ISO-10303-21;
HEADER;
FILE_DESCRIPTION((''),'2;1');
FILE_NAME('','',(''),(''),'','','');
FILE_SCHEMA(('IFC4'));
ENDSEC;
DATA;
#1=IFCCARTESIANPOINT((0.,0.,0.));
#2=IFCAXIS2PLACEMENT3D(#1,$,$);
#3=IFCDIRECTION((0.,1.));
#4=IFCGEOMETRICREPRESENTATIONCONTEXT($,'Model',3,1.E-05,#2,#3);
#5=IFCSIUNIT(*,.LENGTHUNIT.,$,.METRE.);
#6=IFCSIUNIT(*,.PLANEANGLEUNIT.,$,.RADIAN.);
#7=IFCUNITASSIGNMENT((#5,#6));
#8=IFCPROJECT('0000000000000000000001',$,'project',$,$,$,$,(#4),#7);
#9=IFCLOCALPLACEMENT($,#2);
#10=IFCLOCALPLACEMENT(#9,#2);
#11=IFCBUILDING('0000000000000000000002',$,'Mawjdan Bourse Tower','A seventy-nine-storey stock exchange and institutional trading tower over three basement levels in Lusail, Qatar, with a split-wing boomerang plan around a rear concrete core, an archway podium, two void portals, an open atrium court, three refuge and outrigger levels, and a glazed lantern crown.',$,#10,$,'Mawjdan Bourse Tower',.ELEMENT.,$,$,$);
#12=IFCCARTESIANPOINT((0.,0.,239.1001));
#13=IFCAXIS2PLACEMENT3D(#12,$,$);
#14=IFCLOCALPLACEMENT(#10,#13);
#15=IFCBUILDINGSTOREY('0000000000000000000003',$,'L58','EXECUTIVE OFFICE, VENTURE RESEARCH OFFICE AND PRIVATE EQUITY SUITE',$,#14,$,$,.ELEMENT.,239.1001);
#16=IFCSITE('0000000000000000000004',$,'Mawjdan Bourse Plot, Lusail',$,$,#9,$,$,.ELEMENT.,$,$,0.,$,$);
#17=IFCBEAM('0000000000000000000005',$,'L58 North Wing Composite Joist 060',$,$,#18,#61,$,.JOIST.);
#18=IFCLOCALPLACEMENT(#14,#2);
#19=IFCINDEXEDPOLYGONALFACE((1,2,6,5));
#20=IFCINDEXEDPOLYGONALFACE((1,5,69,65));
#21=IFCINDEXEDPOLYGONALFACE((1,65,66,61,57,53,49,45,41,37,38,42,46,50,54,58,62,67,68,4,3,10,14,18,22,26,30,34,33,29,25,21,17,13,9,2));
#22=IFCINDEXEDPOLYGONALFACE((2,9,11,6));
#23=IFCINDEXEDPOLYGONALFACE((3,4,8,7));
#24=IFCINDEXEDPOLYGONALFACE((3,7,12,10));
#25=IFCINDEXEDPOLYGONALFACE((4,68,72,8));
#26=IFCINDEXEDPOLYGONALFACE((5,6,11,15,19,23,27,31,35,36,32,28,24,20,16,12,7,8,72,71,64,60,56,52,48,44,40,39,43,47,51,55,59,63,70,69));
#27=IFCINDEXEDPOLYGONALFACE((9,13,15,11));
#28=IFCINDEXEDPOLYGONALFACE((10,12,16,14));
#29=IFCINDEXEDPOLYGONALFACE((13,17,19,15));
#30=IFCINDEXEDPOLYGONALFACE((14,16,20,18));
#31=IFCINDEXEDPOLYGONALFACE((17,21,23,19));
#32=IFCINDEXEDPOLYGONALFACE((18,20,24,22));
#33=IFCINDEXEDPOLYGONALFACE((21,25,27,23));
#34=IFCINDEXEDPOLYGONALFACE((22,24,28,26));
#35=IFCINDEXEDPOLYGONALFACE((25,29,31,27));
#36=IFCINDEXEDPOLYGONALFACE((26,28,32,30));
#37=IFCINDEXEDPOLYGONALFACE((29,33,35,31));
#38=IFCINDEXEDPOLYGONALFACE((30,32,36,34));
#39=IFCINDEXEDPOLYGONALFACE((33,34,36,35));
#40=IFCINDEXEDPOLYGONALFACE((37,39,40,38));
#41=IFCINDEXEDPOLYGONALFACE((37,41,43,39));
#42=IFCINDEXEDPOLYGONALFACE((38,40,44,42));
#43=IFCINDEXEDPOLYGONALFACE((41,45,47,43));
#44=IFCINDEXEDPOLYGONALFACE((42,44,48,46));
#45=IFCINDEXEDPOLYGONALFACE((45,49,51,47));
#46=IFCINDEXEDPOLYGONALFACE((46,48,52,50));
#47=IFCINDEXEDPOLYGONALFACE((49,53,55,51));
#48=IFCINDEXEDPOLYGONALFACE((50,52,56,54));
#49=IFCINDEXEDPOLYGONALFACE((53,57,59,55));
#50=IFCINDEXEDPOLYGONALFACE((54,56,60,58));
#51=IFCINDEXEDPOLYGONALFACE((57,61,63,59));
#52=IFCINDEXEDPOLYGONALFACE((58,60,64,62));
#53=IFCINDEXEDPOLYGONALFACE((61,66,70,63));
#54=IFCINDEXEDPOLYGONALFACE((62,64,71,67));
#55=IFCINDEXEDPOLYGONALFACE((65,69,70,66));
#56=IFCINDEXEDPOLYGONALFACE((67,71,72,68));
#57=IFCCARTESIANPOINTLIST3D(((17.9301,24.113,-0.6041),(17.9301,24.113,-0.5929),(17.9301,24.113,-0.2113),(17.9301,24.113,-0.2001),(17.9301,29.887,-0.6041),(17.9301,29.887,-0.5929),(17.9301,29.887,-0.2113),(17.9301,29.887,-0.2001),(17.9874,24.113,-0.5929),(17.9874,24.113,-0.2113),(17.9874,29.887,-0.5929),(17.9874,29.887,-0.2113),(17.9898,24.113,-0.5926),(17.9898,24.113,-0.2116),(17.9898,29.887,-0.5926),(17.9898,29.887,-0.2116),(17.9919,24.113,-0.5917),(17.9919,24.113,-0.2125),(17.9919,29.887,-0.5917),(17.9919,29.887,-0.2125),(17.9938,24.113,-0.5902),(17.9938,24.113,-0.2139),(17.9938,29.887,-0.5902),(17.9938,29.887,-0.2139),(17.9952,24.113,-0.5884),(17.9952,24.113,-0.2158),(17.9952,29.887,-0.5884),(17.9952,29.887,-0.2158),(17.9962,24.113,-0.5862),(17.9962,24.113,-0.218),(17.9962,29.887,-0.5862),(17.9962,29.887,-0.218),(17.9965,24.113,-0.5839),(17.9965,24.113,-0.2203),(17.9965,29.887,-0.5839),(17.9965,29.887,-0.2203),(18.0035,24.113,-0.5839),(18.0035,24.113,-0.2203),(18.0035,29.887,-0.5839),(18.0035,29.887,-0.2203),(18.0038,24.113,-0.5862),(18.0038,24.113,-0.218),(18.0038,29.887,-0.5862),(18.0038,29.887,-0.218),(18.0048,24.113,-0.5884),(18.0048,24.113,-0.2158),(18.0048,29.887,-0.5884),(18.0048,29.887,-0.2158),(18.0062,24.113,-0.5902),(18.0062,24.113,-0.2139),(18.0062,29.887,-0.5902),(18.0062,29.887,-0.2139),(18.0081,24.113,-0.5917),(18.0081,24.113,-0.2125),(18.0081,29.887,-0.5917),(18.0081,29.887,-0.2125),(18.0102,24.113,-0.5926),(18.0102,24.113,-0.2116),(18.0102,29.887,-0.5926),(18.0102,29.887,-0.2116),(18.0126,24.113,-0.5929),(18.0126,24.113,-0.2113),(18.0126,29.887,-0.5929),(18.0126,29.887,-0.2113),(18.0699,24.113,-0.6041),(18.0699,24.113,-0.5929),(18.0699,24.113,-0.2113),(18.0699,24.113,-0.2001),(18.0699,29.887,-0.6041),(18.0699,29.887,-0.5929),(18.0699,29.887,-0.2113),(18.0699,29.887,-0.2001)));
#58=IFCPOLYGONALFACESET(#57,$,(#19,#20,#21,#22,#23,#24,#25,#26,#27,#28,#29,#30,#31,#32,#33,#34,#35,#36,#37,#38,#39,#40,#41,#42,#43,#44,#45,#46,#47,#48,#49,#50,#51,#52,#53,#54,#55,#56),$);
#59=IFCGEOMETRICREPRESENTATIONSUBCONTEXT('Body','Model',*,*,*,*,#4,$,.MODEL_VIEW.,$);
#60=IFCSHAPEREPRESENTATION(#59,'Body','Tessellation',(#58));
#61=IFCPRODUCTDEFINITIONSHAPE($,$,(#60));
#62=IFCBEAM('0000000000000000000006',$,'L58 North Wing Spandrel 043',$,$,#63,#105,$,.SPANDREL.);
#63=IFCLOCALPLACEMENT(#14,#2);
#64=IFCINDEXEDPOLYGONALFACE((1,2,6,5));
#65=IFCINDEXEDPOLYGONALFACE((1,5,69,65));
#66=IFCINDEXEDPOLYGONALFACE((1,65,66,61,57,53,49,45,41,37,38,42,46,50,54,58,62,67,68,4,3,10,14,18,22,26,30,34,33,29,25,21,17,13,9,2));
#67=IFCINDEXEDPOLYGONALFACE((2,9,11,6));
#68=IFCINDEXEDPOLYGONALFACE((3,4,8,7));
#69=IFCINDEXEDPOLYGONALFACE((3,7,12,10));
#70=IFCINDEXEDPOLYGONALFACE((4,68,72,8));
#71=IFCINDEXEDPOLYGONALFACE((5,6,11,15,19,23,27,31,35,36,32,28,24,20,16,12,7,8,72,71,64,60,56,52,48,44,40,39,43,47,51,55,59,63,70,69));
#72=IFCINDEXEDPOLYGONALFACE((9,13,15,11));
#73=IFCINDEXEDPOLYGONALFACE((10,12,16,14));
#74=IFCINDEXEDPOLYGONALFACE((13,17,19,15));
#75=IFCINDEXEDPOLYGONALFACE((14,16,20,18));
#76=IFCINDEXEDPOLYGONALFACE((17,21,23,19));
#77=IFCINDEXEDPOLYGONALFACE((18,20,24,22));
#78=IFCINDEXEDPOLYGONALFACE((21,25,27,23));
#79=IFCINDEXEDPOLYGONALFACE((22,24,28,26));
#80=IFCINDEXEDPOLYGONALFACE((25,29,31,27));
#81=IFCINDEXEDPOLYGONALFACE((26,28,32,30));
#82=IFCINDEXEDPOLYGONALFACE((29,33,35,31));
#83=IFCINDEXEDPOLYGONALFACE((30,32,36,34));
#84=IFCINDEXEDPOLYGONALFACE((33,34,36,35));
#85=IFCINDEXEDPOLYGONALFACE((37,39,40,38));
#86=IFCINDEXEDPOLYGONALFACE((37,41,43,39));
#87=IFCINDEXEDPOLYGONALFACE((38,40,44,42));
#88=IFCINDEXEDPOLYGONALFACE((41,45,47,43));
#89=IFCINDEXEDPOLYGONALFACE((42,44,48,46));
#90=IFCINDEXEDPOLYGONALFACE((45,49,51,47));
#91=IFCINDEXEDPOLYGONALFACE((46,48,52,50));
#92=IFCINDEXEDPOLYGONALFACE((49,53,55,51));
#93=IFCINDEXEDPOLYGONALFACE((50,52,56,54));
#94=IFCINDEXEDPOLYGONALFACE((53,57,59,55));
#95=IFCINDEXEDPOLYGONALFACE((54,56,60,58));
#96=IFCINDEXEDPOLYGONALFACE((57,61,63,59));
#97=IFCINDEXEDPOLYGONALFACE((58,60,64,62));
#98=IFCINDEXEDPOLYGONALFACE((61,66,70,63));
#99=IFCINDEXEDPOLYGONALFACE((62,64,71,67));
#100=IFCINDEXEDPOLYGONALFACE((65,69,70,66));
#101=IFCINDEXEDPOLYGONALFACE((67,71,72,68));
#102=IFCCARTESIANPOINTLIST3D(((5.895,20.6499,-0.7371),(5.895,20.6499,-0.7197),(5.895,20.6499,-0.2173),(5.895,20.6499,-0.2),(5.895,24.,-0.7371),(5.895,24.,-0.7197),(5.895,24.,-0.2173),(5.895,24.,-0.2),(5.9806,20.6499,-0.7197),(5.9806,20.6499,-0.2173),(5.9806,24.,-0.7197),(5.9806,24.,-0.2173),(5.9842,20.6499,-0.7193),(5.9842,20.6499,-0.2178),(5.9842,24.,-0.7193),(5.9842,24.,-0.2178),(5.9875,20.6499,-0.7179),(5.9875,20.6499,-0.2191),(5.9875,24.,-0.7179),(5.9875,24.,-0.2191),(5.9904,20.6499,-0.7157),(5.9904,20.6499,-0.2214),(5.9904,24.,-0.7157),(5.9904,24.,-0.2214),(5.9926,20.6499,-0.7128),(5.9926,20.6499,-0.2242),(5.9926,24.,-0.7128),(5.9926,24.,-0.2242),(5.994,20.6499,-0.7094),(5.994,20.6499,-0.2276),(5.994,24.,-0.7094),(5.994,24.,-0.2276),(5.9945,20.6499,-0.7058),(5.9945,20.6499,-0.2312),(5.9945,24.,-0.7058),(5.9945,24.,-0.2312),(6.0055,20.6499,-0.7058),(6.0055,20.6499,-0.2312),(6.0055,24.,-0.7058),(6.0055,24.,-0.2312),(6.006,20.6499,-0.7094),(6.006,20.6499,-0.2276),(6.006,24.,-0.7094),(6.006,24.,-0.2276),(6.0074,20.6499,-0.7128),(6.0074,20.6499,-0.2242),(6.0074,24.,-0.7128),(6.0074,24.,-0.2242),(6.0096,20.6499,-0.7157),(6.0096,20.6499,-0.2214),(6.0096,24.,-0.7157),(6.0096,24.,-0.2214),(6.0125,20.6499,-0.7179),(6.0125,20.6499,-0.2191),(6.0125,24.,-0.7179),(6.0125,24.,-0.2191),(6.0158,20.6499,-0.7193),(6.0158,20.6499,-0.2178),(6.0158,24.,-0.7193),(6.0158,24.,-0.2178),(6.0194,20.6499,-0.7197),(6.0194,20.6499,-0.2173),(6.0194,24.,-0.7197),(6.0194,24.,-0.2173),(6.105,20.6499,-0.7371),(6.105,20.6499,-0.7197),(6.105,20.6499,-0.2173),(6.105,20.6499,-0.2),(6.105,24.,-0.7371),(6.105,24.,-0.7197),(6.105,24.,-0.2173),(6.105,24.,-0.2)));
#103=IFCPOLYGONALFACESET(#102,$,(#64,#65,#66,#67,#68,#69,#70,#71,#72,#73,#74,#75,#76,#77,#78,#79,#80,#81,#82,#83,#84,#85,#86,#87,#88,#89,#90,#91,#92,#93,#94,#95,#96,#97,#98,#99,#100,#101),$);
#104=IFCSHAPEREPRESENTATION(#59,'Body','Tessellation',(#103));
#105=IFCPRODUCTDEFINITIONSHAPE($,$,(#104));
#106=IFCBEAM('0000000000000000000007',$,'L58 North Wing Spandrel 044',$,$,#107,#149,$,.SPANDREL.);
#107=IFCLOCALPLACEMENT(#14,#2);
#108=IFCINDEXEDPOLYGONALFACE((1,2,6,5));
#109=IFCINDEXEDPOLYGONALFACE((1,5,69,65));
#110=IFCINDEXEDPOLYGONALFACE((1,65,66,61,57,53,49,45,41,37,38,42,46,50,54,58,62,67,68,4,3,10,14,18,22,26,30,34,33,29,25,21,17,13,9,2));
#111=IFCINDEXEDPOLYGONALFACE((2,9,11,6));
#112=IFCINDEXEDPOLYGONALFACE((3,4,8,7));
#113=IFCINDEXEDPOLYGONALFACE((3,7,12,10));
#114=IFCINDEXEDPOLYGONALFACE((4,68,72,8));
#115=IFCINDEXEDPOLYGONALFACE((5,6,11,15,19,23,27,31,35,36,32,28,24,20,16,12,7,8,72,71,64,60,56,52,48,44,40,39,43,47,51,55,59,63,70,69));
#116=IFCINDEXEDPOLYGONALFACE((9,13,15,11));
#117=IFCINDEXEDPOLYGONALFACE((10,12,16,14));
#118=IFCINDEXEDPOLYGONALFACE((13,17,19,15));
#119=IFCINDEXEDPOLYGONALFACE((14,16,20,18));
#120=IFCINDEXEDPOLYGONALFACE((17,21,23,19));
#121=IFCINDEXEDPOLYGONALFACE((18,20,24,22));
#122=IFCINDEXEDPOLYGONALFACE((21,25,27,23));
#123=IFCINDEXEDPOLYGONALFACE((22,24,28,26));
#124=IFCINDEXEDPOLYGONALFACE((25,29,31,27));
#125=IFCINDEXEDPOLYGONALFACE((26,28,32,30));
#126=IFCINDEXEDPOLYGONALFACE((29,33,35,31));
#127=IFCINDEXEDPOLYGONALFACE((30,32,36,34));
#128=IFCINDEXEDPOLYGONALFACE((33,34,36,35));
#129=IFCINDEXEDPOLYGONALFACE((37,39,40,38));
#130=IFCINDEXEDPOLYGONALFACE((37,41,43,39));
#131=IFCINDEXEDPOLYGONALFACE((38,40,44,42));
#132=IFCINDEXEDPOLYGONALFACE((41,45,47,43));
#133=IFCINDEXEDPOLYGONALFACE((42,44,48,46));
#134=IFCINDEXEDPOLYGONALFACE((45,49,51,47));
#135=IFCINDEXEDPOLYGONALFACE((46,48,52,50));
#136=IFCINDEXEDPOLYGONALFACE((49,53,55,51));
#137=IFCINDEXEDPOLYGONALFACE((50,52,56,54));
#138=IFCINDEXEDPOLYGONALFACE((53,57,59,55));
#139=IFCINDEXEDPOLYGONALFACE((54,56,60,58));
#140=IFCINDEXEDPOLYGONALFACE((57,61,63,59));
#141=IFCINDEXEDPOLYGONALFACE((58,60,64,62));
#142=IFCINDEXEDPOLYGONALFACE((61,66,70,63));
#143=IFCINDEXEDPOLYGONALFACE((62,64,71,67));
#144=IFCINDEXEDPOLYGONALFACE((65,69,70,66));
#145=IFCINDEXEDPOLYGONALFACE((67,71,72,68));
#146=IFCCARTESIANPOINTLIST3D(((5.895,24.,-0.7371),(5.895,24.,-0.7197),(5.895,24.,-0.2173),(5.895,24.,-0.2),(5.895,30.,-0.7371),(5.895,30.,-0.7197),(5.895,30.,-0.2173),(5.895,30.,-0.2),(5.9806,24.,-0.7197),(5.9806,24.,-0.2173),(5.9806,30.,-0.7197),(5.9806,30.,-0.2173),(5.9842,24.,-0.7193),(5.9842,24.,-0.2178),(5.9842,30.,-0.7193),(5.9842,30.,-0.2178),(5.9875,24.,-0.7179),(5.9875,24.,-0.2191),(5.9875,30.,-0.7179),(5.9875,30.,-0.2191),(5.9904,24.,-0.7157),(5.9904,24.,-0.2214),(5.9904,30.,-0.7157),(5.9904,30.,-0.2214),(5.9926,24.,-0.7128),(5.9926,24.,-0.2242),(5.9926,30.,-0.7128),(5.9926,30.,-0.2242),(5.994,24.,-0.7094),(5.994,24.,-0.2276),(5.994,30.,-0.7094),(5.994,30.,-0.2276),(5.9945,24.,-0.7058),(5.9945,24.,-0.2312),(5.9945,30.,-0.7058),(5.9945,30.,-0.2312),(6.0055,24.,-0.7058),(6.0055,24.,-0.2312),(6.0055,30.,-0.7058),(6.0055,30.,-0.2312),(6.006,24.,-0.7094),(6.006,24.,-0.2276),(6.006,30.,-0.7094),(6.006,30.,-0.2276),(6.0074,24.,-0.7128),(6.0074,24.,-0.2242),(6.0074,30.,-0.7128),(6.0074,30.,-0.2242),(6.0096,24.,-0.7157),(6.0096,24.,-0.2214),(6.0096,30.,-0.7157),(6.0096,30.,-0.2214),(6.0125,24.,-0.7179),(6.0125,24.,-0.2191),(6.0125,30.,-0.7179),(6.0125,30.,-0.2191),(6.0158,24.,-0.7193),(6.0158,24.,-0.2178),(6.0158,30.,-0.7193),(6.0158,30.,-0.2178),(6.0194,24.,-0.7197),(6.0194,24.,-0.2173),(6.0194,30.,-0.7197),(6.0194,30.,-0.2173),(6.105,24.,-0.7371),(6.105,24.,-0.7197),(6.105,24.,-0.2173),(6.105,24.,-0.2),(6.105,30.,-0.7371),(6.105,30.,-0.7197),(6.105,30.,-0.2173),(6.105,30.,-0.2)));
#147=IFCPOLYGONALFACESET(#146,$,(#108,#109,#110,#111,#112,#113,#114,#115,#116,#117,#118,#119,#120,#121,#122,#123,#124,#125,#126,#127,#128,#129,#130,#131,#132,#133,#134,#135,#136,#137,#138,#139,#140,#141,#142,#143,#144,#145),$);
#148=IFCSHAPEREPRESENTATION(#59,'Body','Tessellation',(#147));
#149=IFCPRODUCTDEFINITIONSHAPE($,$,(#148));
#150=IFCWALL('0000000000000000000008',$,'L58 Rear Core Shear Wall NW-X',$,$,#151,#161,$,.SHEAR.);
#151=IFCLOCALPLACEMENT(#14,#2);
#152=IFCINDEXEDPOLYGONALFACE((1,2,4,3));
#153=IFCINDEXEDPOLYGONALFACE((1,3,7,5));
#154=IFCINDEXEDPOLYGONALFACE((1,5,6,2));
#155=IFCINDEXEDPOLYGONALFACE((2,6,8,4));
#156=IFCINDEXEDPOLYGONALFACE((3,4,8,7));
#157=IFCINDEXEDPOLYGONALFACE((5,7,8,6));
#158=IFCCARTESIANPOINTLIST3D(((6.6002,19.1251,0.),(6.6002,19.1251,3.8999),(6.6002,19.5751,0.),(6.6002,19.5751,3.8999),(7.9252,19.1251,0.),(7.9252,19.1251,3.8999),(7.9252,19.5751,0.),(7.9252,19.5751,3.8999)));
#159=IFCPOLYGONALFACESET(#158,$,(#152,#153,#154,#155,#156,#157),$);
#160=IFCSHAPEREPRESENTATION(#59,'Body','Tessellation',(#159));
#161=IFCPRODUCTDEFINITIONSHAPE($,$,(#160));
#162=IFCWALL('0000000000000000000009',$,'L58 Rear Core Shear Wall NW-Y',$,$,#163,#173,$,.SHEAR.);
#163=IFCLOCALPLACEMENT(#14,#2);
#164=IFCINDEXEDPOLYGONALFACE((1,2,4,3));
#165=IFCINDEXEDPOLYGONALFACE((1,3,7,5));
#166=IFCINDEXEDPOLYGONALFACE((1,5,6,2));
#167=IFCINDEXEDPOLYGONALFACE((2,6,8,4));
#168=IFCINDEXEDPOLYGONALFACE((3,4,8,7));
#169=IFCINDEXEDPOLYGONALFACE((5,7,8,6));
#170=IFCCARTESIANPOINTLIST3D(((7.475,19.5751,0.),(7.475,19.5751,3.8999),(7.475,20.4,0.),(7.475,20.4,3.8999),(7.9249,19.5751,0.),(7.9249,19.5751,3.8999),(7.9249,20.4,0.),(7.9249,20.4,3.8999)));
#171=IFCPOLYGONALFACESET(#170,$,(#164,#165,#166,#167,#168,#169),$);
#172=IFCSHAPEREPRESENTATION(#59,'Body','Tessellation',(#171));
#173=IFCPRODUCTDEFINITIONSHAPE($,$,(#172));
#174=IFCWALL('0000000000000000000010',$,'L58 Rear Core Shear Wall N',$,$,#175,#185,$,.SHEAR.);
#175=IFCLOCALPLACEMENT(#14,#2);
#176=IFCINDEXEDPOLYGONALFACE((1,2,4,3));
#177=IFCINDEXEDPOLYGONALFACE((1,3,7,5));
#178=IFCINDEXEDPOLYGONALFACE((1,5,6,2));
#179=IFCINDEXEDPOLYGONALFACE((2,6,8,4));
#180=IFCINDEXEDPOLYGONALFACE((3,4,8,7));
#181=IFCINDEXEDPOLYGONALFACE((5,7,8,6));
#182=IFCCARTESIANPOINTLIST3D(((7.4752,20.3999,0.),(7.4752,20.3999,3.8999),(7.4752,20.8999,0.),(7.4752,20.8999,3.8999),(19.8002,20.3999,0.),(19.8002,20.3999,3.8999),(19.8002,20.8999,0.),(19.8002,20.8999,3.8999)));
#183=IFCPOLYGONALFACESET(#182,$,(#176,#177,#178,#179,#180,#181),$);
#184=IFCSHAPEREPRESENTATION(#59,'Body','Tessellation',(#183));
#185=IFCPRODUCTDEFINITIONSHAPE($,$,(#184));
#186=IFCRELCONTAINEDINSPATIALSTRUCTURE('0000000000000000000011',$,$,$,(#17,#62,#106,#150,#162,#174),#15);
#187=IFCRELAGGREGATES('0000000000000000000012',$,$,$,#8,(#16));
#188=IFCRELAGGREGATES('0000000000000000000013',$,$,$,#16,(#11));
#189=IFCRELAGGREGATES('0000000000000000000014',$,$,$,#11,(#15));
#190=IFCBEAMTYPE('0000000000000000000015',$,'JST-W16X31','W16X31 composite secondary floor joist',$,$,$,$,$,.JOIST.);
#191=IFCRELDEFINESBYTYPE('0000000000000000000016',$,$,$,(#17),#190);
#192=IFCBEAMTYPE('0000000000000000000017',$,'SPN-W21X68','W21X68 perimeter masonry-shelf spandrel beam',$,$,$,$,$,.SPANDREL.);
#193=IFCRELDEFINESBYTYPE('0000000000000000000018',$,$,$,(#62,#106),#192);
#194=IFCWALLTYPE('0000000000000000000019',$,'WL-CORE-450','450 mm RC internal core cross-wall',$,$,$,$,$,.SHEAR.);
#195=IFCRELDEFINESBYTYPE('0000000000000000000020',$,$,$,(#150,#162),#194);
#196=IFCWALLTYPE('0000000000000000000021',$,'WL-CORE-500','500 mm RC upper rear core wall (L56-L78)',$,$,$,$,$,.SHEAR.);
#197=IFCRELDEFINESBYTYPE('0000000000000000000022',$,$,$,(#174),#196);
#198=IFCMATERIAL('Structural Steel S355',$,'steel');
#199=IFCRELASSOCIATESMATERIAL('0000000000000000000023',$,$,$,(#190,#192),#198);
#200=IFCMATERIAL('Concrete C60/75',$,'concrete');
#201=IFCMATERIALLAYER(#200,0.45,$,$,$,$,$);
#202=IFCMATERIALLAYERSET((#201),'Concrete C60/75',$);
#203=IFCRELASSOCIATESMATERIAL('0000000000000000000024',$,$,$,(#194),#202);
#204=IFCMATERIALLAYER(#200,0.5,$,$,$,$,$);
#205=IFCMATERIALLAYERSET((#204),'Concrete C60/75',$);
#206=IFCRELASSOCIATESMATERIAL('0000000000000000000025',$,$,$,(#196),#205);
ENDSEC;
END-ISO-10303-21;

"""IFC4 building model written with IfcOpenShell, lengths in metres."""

from ifc_helpers import new_model, si_unit, direction, frame, frame_2d, origin, origin_2d, place, context, subcontext, project, spatial, rectangle, i_section, extrude, material, layer, layer_set, material_profile, profile_set, type_object, element, save


model = new_model("IFC4")

# Units and contexts
model_context = context("Model", 3, precision=1e-05, world=origin(), true_north=direction((0.0, 1.0)))
body_context = subcontext(model_context, "Body", "Model", "MODEL_VIEW")
ifc_project = project(units=[si_unit("LENGTHUNIT", "METRE"), si_unit("PLANEANGLEUNIT", "RADIAN")], contexts=[model_context])

# Site, building, storey
site_placement = place(None, origin())
site = spatial("IfcSite", under=ifc_project, at=site_placement, Name="Mawjdan Bourse Plot, Lusail", CompositionType="ELEMENT", RefElevation=0.0)
building_placement = place(site_placement, origin())
building = spatial("IfcBuilding", under=site, at=building_placement, Name="Mawjdan Bourse Tower", Description="A seventy-nine-storey stock exchange and institutional trading tower over three basement levels in Lusail, Qatar, with a split-wing boomerang plan around a rear concrete core, an archway podium, two void portals, an open atrium court, three refuge and outrigger levels, and a glazed lantern crown.", LongName="Mawjdan Bourse Tower", CompositionType="ELEMENT")
storey_placement = place(building_placement, frame((0.0, 0.0, 239.1001)))
storey = spatial("IfcBuildingStorey", under=building, at=storey_placement, Name="L58", Description="EXECUTIVE OFFICE, VENTURE RESEARCH OFFICE AND PRIVATE EQUITY SUITE", CompositionType="ELEMENT", Elevation=239.1001)

# Shared definitions
ifc_material_1 = material(Name="Concrete C60/75", Category="concrete")

# Beams
ifc_material_2 = material(Name="Structural Steel S355", Category="steel")
ifc_material_profile_1 = material_profile(ifc_material_2, i_section(OverallWidth=0.1399, OverallDepth=0.4041, WebThickness=0.0071, FlangeThickness=0.0112, FilletRadius=0.009, at=origin_2d()), Name="W16X31")
ifc_profile_set_1 = profile_set([ifc_material_profile_1], Name="Structural Steel S355")
beam_type_1 = type_object("IfcBeamType", Name="JST-W16X31", Description="W16X31 composite secondary floor joist", PredefinedType="JOIST", material=ifc_profile_set_1)
beam_1_placement = place(storey_placement, frame((18.0, 24.113, -0.4021), z_axis=(0.0, 1.0, 0.0), x_axis=(-1.0, 0.0, 0.0)))
element("IfcBeam", 1, at=beam_1_placement, inside=storey, type_object=beam_type_1, Name="L58 North Wing Composite Joist 060", PredefinedType="JOIST", context=body_context, shape_type="SweptSolid", body=[
    extrude(i_section(OverallWidth=0.1399, OverallDepth=0.4041, WebThickness=0.0071, FlangeThickness=0.0112, FilletRadius=0.009, at=origin_2d()), origin(), (0.0, 0.0, 1.0), 5.7739),
])
ifc_material_profile_2 = material_profile(ifc_material_2, i_section(OverallWidth=0.21, OverallDepth=0.5371, WebThickness=0.011, FlangeThickness=0.0173, FilletRadius=0.0139, at=origin_2d()), Name="W21X68")
ifc_profile_set_2 = profile_set([ifc_material_profile_2], Name="Structural Steel S355")
beam_type_2 = type_object("IfcBeamType", Name="SPN-W21X68", Description="W21X68 perimeter masonry-shelf spandrel beam", PredefinedType="SPANDREL", material=ifc_profile_set_2)
beam_2_placement = place(storey_placement, frame((6.0, 20.6499, -0.4685), z_axis=(0.0, 1.0, 0.0), x_axis=(-1.0, 0.0, 0.0)))
element("IfcBeam", 2, at=beam_2_placement, inside=storey, type_object=beam_type_2, Name="L58 North Wing Spandrel 043", PredefinedType="SPANDREL", context=body_context, shape_type="SweptSolid", body=[
    extrude(i_section(OverallWidth=0.21, OverallDepth=0.5371, WebThickness=0.011, FlangeThickness=0.0173, FilletRadius=0.0139, at=origin_2d()), origin(), (0.0, 0.0, 1.0), 3.3501),
])
beam_3_placement = place(storey_placement, frame((6.0, 24.0, -0.4685), z_axis=(0.0, 1.0, 0.0), x_axis=(-1.0, 0.0, 0.0)))
element("IfcBeam", 3, at=beam_3_placement, inside=storey, type_object=beam_type_2, Name="L58 North Wing Spandrel 044", PredefinedType="SPANDREL", context=body_context, shape_type="SweptSolid", body=[
    extrude(i_section(OverallWidth=0.21, OverallDepth=0.5371, WebThickness=0.011, FlangeThickness=0.0173, FilletRadius=0.0139, at=origin_2d()), origin(), (0.0, 0.0, 1.0), 6.0),
])

# Walls
ifc_layer_1 = layer(ifc_material_1, 0.45)
ifc_layer_set_1 = layer_set([ifc_layer_1], Name="Concrete C60/75")
wall_type_1 = type_object("IfcWallType", Name="WL-CORE-450", Description="450 mm RC internal core cross-wall", PredefinedType="SHEAR", material=ifc_layer_set_1)
wall_1_placement = place(storey_placement, frame((6.6001, 19.3501, 0.0), z_axis=(0.0, 0.0, 1.0), x_axis=(1.0, 0.0, 0.0)))
element("IfcWall", 4, at=wall_1_placement, inside=storey, type_object=wall_type_1, Name="L58 Rear Core Shear Wall NW-X", PredefinedType="SHEAR", context=body_context, shape_type="SweptSolid", body=[
    extrude(rectangle(XDim=1.325, YDim=0.45, at=frame_2d((0.6626, 0.0))), origin(), (0.0, 0.0, 1.0), 3.8999),
])
wall_2_placement = place(storey_placement, frame((7.7, 19.575, 0.0), z_axis=(0.0, 0.0, 1.0), x_axis=(0.0, 1.0, 0.0)))
element("IfcWall", 5, at=wall_2_placement, inside=storey, type_object=wall_type_1, Name="L58 Rear Core Shear Wall NW-Y", PredefinedType="SHEAR", context=body_context, shape_type="SweptSolid", body=[
    extrude(rectangle(XDim=0.825, YDim=0.45, at=frame_2d((0.4126, 0.0))), origin(), (0.0, 0.0, 1.0), 3.8999),
])
ifc_layer_2 = layer(ifc_material_1, 0.5)
ifc_layer_set_2 = layer_set([ifc_layer_2], Name="Concrete C60/75")
wall_type_2 = type_object("IfcWallType", Name="WL-CORE-500", Description="500 mm RC upper rear core wall (L56-L78)", PredefinedType="SHEAR", material=ifc_layer_set_2)
wall_3_placement = place(storey_placement, frame((7.4751, 20.6499, 0.0), z_axis=(0.0, 0.0, 1.0), x_axis=(1.0, 0.0, 0.0)))
element("IfcWall", 6, at=wall_3_placement, inside=storey, type_object=wall_type_2, Name="L58 Rear Core Shear Wall N", PredefinedType="SHEAR", context=body_context, shape_type="SweptSolid", body=[
    extrude(rectangle(XDim=12.325, YDim=0.5, at=frame_2d((6.1626, 0.0))), origin(), (0.0, 0.0, 1.0), 3.8999),
])

save(model, "model.ifc")
